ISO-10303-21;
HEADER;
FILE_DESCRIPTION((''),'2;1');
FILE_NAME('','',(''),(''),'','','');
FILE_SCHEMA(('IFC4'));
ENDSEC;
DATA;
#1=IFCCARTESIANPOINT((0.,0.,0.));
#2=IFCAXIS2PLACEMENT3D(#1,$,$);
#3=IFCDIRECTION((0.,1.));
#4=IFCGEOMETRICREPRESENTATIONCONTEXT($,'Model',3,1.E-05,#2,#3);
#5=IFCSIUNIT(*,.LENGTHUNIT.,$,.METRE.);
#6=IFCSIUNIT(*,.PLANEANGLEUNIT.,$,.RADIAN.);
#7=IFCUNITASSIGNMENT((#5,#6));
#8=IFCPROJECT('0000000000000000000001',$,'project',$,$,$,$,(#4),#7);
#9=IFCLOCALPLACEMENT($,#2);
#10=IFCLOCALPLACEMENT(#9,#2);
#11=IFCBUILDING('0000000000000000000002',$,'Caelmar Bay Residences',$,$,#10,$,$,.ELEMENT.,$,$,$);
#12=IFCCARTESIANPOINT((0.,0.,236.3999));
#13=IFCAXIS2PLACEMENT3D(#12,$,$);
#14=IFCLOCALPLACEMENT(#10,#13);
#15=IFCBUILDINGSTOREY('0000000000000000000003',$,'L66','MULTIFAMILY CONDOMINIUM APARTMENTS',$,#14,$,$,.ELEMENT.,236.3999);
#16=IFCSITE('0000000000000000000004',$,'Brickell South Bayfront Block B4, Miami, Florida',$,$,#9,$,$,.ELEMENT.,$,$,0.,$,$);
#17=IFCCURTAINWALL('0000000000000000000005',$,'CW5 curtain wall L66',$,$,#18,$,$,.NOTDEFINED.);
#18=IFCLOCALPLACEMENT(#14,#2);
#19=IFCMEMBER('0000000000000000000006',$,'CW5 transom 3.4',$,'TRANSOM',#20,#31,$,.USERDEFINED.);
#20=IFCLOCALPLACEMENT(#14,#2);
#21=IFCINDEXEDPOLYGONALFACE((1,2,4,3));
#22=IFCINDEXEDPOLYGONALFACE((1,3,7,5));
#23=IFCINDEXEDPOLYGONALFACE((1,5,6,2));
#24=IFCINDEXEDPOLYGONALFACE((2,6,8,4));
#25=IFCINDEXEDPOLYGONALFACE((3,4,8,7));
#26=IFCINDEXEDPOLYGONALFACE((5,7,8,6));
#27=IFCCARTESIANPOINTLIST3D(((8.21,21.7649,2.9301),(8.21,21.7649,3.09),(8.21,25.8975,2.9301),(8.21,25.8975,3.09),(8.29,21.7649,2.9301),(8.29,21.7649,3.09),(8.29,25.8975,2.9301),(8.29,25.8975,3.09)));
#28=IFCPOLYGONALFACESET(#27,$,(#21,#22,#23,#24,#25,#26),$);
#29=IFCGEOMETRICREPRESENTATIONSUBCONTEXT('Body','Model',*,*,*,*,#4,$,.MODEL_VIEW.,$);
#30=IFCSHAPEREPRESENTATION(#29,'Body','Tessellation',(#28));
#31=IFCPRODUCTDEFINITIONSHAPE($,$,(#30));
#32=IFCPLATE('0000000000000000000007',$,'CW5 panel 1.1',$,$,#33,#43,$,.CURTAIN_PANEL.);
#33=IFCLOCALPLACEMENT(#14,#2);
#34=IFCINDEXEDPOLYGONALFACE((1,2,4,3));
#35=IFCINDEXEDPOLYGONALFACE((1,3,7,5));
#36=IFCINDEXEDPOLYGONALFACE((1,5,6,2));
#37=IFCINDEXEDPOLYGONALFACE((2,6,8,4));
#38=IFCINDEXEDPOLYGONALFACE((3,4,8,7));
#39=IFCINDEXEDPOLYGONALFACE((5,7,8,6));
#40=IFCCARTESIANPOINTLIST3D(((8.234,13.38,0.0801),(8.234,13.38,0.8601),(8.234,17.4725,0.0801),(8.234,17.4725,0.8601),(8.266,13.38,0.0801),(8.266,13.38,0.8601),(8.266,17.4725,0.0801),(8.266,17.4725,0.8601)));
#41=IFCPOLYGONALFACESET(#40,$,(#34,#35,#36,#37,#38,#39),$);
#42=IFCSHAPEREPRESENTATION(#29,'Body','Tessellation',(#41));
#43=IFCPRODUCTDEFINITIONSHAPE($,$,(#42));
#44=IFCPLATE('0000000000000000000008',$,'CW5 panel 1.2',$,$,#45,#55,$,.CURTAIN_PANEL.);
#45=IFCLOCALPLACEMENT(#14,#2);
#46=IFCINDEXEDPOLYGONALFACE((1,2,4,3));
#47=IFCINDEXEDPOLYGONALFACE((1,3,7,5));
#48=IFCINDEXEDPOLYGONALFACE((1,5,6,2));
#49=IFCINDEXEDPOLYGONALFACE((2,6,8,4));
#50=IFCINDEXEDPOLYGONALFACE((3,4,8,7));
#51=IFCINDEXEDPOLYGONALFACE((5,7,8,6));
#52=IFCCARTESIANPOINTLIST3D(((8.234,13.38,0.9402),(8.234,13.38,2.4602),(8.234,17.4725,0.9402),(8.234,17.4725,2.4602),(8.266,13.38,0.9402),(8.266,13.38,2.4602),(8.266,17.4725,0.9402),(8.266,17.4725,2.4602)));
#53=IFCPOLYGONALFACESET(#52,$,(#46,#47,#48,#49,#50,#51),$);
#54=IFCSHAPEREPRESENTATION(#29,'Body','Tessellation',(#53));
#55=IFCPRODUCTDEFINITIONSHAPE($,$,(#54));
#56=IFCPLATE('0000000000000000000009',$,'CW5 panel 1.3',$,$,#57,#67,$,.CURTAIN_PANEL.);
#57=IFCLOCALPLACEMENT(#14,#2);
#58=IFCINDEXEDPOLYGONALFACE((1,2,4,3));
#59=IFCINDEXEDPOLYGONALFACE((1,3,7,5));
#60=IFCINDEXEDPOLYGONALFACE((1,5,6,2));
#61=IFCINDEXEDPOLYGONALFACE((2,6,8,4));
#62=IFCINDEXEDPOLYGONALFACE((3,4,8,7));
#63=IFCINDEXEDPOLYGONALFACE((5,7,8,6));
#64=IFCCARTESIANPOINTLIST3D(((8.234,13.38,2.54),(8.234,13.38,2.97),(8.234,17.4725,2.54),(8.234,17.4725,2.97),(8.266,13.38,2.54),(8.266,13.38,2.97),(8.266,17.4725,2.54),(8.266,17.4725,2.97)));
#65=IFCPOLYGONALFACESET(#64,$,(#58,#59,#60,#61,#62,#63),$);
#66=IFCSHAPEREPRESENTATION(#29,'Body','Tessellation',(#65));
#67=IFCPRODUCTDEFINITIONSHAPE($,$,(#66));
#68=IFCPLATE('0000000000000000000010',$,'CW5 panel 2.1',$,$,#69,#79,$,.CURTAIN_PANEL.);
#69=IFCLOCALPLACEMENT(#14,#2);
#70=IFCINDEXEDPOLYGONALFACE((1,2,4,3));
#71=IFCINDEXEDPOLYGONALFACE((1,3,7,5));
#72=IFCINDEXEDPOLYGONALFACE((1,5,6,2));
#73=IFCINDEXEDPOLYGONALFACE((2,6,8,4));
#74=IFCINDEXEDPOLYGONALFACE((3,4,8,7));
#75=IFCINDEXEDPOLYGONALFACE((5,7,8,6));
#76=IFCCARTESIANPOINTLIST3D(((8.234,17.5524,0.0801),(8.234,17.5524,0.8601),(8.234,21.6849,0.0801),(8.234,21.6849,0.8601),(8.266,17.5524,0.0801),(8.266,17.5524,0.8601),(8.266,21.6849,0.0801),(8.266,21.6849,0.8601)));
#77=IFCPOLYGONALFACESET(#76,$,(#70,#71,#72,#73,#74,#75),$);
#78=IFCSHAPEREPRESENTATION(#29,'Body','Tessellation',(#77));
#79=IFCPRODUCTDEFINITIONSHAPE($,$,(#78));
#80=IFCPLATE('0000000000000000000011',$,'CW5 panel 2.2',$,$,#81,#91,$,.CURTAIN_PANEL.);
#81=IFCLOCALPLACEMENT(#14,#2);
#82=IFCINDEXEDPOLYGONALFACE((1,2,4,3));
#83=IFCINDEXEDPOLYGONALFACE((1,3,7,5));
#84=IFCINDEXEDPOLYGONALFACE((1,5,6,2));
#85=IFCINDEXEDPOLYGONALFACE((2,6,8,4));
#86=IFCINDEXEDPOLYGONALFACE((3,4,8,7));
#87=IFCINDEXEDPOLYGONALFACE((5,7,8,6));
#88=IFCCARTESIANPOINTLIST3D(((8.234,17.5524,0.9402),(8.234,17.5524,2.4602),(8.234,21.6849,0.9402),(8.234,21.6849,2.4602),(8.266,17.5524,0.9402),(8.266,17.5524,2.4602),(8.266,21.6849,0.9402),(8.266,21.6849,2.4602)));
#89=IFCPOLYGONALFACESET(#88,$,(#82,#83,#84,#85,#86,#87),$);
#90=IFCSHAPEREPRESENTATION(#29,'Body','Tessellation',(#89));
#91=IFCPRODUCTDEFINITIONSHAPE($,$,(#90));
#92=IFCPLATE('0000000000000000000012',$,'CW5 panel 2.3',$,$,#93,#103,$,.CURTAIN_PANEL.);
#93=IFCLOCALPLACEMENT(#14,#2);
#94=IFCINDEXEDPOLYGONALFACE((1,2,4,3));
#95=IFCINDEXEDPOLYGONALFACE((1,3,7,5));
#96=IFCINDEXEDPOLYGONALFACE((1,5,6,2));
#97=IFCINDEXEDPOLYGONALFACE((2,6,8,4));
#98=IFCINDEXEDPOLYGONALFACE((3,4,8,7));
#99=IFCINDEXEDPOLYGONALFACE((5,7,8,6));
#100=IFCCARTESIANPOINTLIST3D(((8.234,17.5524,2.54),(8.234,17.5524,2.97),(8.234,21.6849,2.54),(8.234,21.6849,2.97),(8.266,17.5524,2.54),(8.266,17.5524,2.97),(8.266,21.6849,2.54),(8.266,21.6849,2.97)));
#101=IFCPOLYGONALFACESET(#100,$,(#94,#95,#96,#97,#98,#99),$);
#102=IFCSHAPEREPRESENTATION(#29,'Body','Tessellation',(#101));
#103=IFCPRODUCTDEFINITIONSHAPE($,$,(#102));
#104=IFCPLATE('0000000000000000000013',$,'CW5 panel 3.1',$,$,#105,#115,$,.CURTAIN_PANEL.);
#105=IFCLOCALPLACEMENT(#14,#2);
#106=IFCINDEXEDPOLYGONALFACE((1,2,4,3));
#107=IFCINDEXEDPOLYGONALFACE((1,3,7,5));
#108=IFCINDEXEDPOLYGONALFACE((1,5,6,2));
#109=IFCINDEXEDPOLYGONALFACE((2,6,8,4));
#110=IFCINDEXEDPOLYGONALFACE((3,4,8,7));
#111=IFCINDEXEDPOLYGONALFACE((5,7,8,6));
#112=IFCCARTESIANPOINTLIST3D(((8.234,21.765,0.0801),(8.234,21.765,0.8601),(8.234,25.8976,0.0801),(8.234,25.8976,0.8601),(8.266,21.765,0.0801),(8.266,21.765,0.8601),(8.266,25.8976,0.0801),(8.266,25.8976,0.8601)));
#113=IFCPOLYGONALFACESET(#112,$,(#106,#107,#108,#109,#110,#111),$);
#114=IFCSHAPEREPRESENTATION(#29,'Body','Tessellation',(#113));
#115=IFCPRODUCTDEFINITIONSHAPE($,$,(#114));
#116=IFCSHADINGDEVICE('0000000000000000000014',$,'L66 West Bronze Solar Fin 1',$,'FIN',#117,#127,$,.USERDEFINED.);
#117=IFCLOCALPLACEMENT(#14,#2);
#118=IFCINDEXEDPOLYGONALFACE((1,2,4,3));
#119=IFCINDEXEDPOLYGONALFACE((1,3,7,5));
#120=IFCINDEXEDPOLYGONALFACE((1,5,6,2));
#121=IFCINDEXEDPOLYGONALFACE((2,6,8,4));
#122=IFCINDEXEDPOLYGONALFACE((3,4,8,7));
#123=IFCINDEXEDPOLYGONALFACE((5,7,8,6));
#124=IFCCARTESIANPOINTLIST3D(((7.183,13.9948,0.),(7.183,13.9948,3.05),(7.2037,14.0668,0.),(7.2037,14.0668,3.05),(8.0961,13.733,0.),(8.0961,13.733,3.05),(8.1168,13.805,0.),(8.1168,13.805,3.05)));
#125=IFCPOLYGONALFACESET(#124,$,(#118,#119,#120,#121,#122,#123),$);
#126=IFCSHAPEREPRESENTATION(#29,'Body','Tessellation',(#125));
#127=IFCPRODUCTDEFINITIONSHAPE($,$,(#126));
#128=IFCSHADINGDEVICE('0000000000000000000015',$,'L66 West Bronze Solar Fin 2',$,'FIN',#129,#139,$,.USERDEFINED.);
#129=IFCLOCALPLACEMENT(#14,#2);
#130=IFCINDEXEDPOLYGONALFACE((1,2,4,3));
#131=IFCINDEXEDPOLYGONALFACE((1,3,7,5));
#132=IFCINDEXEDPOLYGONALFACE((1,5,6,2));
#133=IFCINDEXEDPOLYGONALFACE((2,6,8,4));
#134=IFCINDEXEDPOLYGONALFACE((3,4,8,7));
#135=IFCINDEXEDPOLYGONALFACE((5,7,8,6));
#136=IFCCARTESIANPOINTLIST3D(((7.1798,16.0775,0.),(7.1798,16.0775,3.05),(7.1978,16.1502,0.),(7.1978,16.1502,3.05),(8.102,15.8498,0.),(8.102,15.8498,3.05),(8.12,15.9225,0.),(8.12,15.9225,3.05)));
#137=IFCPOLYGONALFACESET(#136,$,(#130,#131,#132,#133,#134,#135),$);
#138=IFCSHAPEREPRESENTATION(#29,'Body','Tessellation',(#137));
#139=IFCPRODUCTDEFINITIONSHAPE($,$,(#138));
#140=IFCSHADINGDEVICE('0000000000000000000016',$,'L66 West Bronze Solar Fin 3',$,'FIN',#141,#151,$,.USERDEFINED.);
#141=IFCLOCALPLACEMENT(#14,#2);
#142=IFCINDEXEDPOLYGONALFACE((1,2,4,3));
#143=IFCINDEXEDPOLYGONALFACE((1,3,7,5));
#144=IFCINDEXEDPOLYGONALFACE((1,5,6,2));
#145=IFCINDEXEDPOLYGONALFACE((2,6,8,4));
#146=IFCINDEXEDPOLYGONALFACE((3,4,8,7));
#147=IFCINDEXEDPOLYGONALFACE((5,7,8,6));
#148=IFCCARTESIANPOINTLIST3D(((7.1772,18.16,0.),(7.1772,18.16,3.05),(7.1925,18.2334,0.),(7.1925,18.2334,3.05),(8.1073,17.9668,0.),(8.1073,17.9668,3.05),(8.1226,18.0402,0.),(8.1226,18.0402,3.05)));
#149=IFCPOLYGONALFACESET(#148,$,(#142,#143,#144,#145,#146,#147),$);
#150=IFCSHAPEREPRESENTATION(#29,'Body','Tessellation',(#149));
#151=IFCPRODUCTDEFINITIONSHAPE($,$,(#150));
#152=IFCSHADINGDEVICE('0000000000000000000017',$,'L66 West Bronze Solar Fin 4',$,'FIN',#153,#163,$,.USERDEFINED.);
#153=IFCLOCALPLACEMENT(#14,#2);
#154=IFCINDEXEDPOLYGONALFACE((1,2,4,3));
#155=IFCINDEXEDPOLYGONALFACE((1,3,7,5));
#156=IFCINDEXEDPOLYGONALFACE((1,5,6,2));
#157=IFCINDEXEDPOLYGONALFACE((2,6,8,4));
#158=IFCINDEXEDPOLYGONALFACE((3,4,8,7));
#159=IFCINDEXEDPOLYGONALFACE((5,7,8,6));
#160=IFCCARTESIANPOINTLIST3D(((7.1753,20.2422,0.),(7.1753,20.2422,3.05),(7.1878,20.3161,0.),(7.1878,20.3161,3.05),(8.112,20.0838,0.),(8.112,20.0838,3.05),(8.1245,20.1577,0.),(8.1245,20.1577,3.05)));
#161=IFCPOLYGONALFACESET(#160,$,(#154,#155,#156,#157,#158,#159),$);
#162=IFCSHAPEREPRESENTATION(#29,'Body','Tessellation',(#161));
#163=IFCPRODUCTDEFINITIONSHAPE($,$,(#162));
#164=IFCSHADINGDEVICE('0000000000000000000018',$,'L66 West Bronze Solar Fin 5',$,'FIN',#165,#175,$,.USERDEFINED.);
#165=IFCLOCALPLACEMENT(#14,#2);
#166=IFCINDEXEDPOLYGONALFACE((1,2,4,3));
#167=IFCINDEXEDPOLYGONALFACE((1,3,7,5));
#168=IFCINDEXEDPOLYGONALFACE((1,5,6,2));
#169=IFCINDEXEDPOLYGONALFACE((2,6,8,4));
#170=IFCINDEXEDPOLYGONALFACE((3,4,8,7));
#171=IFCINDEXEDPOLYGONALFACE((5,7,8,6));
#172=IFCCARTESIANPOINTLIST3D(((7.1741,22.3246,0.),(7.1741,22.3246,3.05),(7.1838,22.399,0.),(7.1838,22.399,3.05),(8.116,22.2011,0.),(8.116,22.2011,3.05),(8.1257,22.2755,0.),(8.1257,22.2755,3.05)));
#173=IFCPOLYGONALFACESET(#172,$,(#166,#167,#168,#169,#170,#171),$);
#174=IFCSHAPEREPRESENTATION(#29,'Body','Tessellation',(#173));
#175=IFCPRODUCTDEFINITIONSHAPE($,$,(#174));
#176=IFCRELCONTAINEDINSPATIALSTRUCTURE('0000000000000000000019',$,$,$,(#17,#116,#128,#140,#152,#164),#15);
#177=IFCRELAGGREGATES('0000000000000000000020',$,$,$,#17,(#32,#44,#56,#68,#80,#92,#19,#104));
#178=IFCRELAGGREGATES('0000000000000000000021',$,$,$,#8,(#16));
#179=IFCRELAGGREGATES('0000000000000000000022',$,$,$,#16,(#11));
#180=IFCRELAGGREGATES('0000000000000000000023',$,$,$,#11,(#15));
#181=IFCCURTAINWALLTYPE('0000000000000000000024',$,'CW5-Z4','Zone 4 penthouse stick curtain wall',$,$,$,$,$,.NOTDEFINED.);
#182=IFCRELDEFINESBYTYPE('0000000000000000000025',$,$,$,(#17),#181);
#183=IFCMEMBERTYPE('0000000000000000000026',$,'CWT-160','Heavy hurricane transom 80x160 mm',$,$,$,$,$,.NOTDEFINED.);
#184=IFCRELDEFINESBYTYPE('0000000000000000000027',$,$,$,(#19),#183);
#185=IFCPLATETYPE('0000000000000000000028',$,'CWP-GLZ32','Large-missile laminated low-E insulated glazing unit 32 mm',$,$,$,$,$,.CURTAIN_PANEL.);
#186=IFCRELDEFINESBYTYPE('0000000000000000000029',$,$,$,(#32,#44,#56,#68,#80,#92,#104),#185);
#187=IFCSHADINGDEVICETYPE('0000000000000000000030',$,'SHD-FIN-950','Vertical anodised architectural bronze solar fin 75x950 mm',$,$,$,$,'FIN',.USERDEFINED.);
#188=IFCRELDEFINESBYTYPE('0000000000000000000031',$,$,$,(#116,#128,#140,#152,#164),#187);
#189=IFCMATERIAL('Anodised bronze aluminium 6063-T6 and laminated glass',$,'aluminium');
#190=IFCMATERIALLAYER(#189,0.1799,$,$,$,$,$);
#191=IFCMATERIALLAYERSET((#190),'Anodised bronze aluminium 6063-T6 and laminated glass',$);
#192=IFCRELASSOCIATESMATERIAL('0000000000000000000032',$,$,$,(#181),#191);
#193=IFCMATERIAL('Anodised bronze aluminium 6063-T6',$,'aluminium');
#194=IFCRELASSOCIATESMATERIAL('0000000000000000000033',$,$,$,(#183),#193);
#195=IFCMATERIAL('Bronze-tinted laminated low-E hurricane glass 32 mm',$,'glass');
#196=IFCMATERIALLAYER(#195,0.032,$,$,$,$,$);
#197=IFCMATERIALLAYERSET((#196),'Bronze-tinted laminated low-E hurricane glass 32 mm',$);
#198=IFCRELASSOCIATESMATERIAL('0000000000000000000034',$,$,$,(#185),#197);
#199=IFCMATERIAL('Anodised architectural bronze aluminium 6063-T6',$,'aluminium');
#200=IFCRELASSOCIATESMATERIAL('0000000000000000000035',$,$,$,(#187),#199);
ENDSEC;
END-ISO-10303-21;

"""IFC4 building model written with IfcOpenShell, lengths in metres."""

from ifc_helpers import new_model, si_unit, direction, frame, origin, origin_2d, place, context, subcontext, project, spatial, rectangle, extrude, material, layer, layer_set, material_profile, profile_set, type_object, element, aggregate, save


model = new_model("IFC4")

# Units and contexts
model_context = context("Model", 3, precision=1e-05, world=origin(), true_north=direction((0.0, 1.0)))
body_context = subcontext(model_context, "Body", "Model", "MODEL_VIEW")
ifc_project = project(units=[si_unit("LENGTHUNIT", "METRE"), si_unit("PLANEANGLEUNIT", "RADIAN")], contexts=[model_context])

# Site, building, storey
site_placement = place(None, origin())
site = spatial("IfcSite", under=ifc_project, at=site_placement, Name="Brickell South Bayfront Block B4, Miami, Florida", CompositionType="ELEMENT", RefElevation=0.0)
building_placement = place(site_placement, origin())
building = spatial("IfcBuilding", under=site, at=building_placement, Name="Caelmar Bay Residences", CompositionType="ELEMENT")
storey_placement = place(building_placement, frame((0.0, 0.0, 236.3999)))
storey = spatial("IfcBuildingStorey", under=building, at=storey_placement, Name="L66", Description="MULTIFAMILY CONDOMINIUM APARTMENTS", CompositionType="ELEMENT", Elevation=236.3999)

# Curtain wall, member, plates
ifc_material_1 = material(Name="Anodised bronze aluminium 6063-T6 and laminated glass", Category="aluminium")
ifc_layer_1 = layer(ifc_material_1, 0.1799)
ifc_layer_set_1 = layer_set([ifc_layer_1], Name="Anodised bronze aluminium 6063-T6 and laminated glass")
curtain_wall_type = type_object("IfcCurtainWallType", Name="CW5-Z4", Description="Zone 4 penthouse stick curtain wall", PredefinedType="NOTDEFINED", material=ifc_layer_set_1)
curtain_wall_placement = place(storey_placement, origin())
curtain_wall = element("IfcCurtainWall", 1, at=curtain_wall_placement, inside=storey, type_object=curtain_wall_type, Name="CW5 curtain wall L66", PredefinedType="NOTDEFINED")
ifc_material_2 = material(Name="Anodised bronze aluminium 6063-T6", Category="aluminium")
ifc_material_profile_1 = material_profile(ifc_material_2, rectangle(XDim=0.0801, YDim=0.1599, at=origin_2d()), Name="CWT-80X160")
ifc_profile_set_1 = profile_set([ifc_material_profile_1], Name="Anodised bronze aluminium 6063-T6")
member_type_1 = type_object("IfcMemberType", Name="CWT-160", Description="Heavy hurricane transom 80x160 mm", PredefinedType="NOTDEFINED", material=ifc_profile_set_1)
member_1_placement = place(storey_placement, frame((8.25, 21.7649, 3.01), z_axis=(0.0, 1.0, 0.0), x_axis=(-1.0, 0.0, 0.0)))
member_1 = element("IfcMember", 2, at=member_1_placement, type_object=member_type_1, Name="CW5 transom 3.4", ObjectType="TRANSOM", PredefinedType="USERDEFINED", context=body_context, shape_type="SweptSolid", body=[
    extrude(rectangle(XDim=0.0801, YDim=0.1599, at=origin_2d()), origin(), (0.0, 0.0, 1.0), 4.1326),
])
ifc_material_3 = material(Name="Bronze-tinted laminated low-E hurricane glass 32 mm", Category="glass")
ifc_layer_2 = layer(ifc_material_3, 0.032)
ifc_layer_set_2 = layer_set([ifc_layer_2], Name="Bronze-tinted laminated low-E hurricane glass 32 mm")
plate_type = type_object("IfcPlateType", Name="CWP-GLZ32", Description="Large-missile laminated low-E insulated glazing unit 32 mm", PredefinedType="CURTAIN_PANEL", material=ifc_layer_set_2)
plate_1_placement = place(storey_placement, frame((8.25, 15.4263, 0.0801), z_axis=(0.0, 0.0, 1.0), x_axis=(0.0, 1.0, 0.0)))
plate_1 = element("IfcPlate", 3, at=plate_1_placement, type_object=plate_type, Name="CW5 panel 1.1", PredefinedType="CURTAIN_PANEL", context=body_context, shape_type="SweptSolid", body=[
    extrude(rectangle(XDim=4.0925, YDim=0.032, at=origin_2d()), origin(), (0.0, 0.0, 1.0), 0.78),
])
plate_2_placement = place(storey_placement, frame((8.25, 15.4263, 0.9402), z_axis=(0.0, 0.0, 1.0), x_axis=(0.0, 1.0, 0.0)))
plate_2 = element("IfcPlate", 4, at=plate_2_placement, type_object=plate_type, Name="CW5 panel 1.2", PredefinedType="CURTAIN_PANEL", context=body_context, shape_type="SweptSolid", body=[
    extrude(rectangle(XDim=4.0925, YDim=0.032, at=origin_2d()), origin(), (0.0, 0.0, 1.0), 1.52),
])
plate_3_placement = place(storey_placement, frame((8.25, 15.4263, 2.54), z_axis=(0.0, 0.0, 1.0), x_axis=(0.0, 1.0, 0.0)))
plate_3 = element("IfcPlate", 5, at=plate_3_placement, type_object=plate_type, Name="CW5 panel 1.3", PredefinedType="CURTAIN_PANEL", context=body_context, shape_type="SweptSolid", body=[
    extrude(rectangle(XDim=4.0925, YDim=0.032, at=origin_2d()), origin(), (0.0, 0.0, 1.0), 0.4299),
])
plate_4_placement = place(storey_placement, frame((8.25, 19.6187, 0.0801), z_axis=(0.0, 0.0, 1.0), x_axis=(0.0, 1.0, 0.0)))
plate_4 = element("IfcPlate", 6, at=plate_4_placement, type_object=plate_type, Name="CW5 panel 2.1", PredefinedType="CURTAIN_PANEL", context=body_context, shape_type="SweptSolid", body=[
    extrude(rectangle(XDim=4.1326, YDim=0.032, at=origin_2d()), origin(), (0.0, 0.0, 1.0), 0.78),
])
plate_5_placement = place(storey_placement, frame((8.25, 19.6187, 0.9402), z_axis=(0.0, 0.0, 1.0), x_axis=(0.0, 1.0, 0.0)))
plate_5 = element("IfcPlate", 7, at=plate_5_placement, type_object=plate_type, Name="CW5 panel 2.2", PredefinedType="CURTAIN_PANEL", context=body_context, shape_type="SweptSolid", body=[
    extrude(rectangle(XDim=4.1326, YDim=0.032, at=origin_2d()), origin(), (0.0, 0.0, 1.0), 1.52),
])
plate_6_placement = place(storey_placement, frame((8.25, 19.6187, 2.54), z_axis=(0.0, 0.0, 1.0), x_axis=(0.0, 1.0, 0.0)))
plate_6 = element("IfcPlate", 8, at=plate_6_placement, type_object=plate_type, Name="CW5 panel 2.3", PredefinedType="CURTAIN_PANEL", context=body_context, shape_type="SweptSolid", body=[
    extrude(rectangle(XDim=4.1326, YDim=0.032, at=origin_2d()), origin(), (0.0, 0.0, 1.0), 0.4299),
])
plate_7_placement = place(storey_placement, frame((8.25, 23.8313, 0.0801), z_axis=(0.0, 0.0, 1.0), x_axis=(0.0, 1.0, 0.0)))
plate_7 = element("IfcPlate", 9, at=plate_7_placement, type_object=plate_type, Name="CW5 panel 3.1", PredefinedType="CURTAIN_PANEL", context=body_context, shape_type="SweptSolid", body=[
    extrude(rectangle(XDim=4.1326, YDim=0.032, at=origin_2d()), origin(), (0.0, 0.0, 1.0), 0.78),
])
aggregate(curtain_wall, [plate_1, plate_2, plate_3, plate_4, plate_5, plate_6, member_1, plate_7])

# Shading devices
ifc_material_4 = material(Name="Anodised architectural bronze aluminium 6063-T6", Category="aluminium")
ifc_material_profile_2 = material_profile(ifc_material_4, rectangle(XDim=0.075, YDim=0.95, at=origin_2d()), Name="BRONZE-FIN-75X950")
ifc_profile_set_2 = profile_set([ifc_material_profile_2], Name="Anodised architectural bronze aluminium 6063-T6")
shading_device_type = type_object("IfcShadingDeviceType", Name="SHD-FIN-950", Description="Vertical anodised architectural bronze solar fin 75x950 mm", ElementType="FIN", PredefinedType="USERDEFINED", material=ifc_profile_set_2)
for number, where, z_axis, x_axis, name in (
    (10, (7.6499, 13.8999, 0.0), (0.0, 0.0, 1.0), (0.275637, 0.961262, 0.0), "L66 West Bronze Solar Fin 1"),
    (11, (7.6499, 16.0, 0.0), (0.0, 0.0, 1.0), (0.23972, 0.970842, 0.0), "L66 West Bronze Solar Fin 2"),
    (12, (7.6499, 18.1001, 0.0), (0.0, 0.0, 1.0), (0.2033, 0.979116, 0.0), "L66 West Bronze Solar Fin 3"),
    (13, (7.6499, 20.2, 0.0), (0.0, 0.0, 1.0), (0.166769, 0.985996, 0.0), "L66 West Bronze Solar Fin 4"),
    (14, (7.6499, 22.3, 0.0), (0.0, 0.0, 1.0), (0.130007, 0.991513, 0.0), "L66 West Bronze Solar Fin 5"),
):
    element("IfcShadingDevice", number, at=place(storey_placement, frame(where, z_axis=z_axis, x_axis=x_axis)), inside=storey, type_object=shading_device_type, Name=name, ObjectType="FIN", PredefinedType="USERDEFINED", context=body_context, shape_type="SweptSolid", body=[
        extrude(rectangle(XDim=0.075, YDim=0.95, at=origin_2d()), origin(), (0.0, 0.0, 1.0), 3.05),
    ])

save(model, "model.ifc")
